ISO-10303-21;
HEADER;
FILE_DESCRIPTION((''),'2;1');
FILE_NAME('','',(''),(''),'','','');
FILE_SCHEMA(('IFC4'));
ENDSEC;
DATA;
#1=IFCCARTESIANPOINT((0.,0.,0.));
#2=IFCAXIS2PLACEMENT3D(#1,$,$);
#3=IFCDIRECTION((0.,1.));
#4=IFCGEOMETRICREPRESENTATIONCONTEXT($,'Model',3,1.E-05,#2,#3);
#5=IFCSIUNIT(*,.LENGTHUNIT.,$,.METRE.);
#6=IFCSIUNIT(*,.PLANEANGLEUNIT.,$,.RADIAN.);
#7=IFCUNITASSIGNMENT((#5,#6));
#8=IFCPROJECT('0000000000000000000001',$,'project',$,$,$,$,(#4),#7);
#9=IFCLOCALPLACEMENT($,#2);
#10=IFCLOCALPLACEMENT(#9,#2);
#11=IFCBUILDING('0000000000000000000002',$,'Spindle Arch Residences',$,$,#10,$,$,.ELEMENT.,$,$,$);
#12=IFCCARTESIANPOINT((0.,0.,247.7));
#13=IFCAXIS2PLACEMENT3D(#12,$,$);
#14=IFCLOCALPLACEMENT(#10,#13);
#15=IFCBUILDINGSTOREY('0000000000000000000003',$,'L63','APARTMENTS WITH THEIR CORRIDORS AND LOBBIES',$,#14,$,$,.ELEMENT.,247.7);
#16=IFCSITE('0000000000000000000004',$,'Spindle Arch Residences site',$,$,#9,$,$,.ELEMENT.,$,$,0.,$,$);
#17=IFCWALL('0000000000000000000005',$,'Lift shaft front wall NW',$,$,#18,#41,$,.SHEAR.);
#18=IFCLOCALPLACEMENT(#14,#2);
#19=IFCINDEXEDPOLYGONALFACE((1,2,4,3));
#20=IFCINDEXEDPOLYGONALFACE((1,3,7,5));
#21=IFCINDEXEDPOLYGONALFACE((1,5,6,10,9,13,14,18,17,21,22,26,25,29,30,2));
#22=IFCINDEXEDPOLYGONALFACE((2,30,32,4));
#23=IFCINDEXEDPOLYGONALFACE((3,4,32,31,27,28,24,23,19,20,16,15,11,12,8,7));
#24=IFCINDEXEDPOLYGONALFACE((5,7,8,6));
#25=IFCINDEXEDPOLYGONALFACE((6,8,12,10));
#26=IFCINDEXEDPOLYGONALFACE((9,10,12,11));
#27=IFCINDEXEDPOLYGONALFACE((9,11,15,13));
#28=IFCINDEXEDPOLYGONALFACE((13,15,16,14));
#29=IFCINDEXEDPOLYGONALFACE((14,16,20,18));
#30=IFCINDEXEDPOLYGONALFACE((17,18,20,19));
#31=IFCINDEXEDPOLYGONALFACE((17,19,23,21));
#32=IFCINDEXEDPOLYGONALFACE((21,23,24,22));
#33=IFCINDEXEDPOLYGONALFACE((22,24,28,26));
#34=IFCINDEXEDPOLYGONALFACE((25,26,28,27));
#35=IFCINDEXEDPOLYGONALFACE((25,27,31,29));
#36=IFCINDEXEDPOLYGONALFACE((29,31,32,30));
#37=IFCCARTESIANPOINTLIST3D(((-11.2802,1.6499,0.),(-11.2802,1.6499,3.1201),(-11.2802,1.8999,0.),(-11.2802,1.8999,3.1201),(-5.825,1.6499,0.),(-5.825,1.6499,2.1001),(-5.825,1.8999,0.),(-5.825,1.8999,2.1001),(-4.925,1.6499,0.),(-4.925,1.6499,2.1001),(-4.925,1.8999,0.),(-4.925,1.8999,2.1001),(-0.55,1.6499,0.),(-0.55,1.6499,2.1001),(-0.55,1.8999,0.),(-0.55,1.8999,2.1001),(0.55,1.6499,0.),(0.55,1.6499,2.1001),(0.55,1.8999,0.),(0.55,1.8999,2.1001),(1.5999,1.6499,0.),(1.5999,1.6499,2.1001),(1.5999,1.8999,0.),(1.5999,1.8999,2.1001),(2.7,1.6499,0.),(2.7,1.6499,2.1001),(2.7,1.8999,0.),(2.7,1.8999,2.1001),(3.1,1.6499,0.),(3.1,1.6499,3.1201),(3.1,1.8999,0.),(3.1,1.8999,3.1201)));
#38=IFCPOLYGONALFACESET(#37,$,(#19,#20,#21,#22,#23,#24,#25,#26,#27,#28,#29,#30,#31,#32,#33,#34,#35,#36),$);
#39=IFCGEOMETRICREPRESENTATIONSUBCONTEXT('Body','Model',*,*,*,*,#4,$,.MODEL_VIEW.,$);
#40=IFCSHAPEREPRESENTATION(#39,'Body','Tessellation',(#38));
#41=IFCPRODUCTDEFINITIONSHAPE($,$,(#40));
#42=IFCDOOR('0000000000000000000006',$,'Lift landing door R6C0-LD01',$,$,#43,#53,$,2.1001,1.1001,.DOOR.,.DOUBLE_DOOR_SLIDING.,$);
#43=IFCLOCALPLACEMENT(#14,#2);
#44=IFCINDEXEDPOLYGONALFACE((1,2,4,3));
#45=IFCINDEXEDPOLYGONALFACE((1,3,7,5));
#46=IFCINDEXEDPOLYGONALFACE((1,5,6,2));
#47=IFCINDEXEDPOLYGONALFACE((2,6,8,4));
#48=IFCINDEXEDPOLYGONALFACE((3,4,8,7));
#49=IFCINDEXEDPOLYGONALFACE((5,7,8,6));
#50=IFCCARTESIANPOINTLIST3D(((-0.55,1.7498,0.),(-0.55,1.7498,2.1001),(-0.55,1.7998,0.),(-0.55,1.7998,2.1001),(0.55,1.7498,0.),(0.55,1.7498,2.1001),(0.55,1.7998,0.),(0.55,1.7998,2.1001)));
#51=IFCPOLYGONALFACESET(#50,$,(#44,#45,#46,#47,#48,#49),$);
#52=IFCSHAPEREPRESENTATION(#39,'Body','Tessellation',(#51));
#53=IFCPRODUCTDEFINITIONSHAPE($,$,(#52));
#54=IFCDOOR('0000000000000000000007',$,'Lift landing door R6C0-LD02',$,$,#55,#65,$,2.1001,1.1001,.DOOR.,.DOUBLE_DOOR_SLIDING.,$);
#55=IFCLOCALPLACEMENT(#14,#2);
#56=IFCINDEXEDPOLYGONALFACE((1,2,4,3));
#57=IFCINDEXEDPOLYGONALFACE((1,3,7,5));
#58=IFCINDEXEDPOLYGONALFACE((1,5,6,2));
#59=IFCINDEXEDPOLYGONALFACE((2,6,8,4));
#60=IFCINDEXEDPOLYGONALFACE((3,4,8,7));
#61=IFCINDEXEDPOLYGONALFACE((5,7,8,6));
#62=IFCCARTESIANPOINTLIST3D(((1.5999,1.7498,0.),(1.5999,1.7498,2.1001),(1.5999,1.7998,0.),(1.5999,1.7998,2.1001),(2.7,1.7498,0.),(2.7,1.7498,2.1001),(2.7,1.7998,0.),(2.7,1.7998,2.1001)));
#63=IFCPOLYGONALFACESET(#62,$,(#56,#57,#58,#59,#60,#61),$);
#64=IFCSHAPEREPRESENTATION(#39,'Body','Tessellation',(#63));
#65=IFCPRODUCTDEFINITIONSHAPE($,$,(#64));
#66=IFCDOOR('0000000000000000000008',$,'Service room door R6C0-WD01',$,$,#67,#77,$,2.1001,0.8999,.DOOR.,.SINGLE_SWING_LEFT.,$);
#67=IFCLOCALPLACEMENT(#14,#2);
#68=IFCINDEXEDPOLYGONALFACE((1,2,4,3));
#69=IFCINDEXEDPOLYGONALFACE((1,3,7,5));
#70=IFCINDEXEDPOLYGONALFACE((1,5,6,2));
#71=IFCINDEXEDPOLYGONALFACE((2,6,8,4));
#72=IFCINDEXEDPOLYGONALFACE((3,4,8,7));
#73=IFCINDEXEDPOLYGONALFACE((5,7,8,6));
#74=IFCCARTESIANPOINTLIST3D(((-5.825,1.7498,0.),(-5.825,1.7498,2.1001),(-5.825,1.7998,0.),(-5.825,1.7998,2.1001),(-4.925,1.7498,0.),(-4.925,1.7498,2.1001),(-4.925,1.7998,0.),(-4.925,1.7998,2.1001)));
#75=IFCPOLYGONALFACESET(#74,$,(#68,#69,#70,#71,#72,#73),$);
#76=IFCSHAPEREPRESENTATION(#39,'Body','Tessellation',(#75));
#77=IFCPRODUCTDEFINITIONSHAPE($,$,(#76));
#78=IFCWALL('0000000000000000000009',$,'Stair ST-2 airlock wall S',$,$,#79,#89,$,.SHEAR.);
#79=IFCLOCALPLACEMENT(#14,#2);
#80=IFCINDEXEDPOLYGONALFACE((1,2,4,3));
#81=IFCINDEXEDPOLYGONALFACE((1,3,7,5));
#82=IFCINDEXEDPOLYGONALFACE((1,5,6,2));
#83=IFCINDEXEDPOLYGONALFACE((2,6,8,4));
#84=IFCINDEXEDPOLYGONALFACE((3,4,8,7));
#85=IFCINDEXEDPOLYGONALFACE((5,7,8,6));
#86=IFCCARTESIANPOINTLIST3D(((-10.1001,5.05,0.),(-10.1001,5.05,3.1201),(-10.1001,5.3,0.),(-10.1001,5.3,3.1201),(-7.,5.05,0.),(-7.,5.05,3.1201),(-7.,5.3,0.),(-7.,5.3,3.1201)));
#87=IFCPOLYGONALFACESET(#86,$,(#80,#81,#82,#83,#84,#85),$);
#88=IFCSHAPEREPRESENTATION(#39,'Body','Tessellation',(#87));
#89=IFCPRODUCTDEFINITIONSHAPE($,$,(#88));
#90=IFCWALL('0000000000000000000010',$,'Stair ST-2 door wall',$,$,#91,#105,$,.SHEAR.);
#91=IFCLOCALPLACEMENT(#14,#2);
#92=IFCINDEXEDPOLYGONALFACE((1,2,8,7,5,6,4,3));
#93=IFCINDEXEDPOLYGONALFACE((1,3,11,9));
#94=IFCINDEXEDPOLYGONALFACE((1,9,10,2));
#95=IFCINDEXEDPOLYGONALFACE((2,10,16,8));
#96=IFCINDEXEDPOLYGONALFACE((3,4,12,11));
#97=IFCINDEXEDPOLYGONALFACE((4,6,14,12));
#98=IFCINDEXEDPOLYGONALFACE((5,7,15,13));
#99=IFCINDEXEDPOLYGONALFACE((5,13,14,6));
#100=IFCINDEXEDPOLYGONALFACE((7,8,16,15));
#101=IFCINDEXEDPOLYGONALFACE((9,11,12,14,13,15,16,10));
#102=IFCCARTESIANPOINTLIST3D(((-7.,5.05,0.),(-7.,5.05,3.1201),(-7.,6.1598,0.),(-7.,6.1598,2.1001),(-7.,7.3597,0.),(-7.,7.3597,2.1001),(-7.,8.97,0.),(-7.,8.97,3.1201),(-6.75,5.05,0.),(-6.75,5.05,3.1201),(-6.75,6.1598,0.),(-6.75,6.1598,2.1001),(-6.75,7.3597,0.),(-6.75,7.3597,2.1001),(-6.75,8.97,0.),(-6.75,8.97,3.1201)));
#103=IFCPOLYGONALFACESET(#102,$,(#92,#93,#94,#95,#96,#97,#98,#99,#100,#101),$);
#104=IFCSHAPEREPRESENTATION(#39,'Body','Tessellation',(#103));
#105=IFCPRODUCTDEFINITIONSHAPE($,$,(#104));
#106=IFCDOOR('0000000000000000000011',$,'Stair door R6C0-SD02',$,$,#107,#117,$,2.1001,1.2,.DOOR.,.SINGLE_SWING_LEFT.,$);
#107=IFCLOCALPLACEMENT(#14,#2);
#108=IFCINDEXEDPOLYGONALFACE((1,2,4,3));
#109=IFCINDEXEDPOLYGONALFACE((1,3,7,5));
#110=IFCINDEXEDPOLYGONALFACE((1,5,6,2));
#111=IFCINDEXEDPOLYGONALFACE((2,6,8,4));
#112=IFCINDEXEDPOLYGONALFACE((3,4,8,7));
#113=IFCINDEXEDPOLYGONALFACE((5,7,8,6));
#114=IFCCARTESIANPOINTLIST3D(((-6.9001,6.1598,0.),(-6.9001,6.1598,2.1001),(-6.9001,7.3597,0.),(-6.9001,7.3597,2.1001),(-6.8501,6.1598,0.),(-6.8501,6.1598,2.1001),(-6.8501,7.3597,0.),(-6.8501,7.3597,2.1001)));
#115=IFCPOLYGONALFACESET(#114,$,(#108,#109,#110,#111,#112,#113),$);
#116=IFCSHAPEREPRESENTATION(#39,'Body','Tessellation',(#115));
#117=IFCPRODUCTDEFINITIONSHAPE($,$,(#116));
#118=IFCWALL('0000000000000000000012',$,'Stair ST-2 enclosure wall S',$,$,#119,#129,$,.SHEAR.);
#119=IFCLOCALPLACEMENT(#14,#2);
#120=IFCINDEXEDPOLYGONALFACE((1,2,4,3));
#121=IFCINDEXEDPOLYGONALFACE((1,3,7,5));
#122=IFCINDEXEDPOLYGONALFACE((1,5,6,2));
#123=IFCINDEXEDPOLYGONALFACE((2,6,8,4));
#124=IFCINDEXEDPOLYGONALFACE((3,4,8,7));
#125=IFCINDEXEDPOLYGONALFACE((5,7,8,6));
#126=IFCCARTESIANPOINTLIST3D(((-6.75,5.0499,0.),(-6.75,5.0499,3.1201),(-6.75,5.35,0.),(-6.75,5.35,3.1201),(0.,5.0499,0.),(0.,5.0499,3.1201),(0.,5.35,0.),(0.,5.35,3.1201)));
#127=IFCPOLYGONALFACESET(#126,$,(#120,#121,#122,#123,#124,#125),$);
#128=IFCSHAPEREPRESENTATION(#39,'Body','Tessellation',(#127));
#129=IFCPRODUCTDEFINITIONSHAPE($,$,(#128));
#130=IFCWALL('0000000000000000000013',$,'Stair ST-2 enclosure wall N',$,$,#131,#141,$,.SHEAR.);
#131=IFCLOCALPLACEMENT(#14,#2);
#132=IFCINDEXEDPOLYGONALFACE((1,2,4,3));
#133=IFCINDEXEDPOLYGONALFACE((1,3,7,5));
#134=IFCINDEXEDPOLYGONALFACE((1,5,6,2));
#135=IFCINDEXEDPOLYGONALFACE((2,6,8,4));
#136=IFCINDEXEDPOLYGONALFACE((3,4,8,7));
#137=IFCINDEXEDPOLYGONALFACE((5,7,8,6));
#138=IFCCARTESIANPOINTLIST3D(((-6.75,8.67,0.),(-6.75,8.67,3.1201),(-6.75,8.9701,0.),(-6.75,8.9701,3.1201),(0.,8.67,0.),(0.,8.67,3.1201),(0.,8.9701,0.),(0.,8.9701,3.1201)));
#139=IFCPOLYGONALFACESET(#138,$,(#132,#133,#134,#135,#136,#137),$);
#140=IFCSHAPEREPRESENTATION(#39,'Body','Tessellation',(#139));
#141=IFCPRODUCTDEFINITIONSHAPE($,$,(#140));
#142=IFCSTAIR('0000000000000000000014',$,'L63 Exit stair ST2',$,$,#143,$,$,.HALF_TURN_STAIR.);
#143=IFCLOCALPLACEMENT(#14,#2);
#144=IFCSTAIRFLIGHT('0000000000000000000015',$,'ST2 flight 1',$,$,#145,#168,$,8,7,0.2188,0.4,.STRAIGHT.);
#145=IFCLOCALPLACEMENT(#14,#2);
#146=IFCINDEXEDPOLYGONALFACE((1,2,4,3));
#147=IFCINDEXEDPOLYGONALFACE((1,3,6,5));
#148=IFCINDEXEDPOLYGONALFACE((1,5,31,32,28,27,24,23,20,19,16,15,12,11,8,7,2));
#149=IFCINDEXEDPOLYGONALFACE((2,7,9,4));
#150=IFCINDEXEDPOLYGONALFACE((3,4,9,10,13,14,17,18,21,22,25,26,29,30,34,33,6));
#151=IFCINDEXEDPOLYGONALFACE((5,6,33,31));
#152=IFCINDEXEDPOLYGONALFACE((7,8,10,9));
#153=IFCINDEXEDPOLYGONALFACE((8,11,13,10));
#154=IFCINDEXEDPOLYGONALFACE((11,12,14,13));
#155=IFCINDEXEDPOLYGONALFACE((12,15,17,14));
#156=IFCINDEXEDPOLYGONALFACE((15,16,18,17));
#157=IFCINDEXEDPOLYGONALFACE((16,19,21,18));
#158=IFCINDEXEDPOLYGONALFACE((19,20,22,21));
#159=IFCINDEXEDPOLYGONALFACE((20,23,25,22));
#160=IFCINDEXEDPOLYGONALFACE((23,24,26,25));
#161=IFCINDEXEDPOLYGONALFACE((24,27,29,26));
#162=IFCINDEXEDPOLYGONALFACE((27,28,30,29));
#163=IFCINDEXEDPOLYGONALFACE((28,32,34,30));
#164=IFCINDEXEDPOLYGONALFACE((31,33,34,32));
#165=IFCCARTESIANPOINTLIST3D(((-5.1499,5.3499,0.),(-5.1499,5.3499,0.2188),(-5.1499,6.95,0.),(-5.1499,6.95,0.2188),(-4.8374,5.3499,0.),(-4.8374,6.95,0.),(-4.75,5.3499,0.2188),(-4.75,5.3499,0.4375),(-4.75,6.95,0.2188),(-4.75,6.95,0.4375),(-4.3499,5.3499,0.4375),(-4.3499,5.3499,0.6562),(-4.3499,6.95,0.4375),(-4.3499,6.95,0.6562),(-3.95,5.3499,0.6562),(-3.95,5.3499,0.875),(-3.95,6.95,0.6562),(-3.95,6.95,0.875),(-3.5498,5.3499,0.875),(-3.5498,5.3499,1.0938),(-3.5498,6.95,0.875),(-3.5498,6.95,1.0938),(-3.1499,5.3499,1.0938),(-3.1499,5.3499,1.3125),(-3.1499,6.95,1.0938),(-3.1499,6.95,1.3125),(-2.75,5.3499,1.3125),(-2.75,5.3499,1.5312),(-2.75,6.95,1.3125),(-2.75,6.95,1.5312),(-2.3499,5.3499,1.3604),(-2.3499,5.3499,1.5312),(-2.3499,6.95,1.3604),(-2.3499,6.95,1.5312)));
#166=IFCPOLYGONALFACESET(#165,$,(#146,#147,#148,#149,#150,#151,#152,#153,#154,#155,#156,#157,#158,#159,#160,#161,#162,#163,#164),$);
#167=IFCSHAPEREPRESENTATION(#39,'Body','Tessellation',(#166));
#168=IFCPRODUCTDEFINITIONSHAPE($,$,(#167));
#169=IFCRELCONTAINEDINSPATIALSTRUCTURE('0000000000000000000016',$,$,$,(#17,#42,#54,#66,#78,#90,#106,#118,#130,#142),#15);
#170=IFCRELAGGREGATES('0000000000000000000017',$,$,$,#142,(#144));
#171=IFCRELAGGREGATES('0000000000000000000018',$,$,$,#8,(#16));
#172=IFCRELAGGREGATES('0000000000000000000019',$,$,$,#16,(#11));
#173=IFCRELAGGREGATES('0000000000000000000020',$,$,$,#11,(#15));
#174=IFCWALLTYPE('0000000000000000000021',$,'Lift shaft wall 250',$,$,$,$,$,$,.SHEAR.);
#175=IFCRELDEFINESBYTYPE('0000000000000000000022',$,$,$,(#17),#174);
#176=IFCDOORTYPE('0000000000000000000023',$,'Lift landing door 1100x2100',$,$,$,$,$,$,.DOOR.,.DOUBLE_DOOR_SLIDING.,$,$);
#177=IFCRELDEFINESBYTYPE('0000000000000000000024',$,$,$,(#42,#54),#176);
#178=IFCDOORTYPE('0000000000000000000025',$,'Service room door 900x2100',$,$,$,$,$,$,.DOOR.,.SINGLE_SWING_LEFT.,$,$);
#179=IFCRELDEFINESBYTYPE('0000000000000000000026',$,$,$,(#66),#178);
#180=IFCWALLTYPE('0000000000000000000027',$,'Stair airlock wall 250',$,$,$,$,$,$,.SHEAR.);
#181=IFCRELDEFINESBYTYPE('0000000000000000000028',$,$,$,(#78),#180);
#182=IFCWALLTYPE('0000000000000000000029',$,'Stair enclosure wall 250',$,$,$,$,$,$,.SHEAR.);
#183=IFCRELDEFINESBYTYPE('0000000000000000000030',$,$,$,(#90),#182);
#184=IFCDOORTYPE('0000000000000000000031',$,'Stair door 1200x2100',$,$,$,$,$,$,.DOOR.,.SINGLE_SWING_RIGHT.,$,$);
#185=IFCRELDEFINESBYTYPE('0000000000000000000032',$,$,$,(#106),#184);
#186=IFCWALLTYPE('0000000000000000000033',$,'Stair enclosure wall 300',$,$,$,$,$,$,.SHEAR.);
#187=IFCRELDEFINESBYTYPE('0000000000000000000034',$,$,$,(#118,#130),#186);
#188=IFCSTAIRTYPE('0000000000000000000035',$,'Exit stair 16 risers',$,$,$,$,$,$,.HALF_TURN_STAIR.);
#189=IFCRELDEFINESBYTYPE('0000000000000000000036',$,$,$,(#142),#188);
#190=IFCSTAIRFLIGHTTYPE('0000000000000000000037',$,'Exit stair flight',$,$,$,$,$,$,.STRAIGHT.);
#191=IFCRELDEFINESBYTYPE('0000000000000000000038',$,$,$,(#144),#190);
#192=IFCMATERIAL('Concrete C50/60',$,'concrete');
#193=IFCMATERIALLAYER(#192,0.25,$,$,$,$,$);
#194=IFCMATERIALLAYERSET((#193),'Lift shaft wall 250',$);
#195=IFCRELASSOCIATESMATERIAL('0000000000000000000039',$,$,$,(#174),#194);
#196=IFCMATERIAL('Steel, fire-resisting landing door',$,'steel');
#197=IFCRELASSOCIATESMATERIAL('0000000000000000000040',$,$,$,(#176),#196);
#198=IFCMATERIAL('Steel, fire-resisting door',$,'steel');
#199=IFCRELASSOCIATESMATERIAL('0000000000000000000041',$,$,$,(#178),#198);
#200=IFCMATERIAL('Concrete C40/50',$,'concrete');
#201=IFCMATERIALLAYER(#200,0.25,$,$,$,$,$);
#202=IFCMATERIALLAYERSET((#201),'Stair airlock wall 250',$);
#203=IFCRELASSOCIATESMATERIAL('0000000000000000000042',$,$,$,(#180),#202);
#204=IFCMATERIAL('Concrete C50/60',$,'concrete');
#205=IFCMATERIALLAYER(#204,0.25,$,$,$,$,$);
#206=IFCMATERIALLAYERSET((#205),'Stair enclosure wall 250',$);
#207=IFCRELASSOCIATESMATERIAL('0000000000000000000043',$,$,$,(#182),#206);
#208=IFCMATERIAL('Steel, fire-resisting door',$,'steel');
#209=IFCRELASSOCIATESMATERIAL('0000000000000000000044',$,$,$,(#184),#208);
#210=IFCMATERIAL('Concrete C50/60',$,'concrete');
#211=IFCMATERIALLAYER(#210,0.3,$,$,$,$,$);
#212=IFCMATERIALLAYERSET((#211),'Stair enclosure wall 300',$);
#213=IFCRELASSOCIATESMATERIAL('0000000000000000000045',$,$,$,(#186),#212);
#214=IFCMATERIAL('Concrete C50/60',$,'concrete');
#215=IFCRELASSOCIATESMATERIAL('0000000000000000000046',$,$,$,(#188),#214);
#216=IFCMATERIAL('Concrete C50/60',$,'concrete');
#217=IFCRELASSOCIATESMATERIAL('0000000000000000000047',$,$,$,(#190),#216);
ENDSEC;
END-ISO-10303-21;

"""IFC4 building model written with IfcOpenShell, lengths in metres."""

from ifc_helpers import new_model, si_unit, direction, frame, frame_2d, origin, place, context, subcontext, project, spatial, polyline, rectangle, outline, extrude, material, layer, layer_set, type_object, element, fill, aggregate, save


model = new_model("IFC4")

# Units and contexts
model_context = context("Model", 3, precision=1e-05, world=origin(), true_north=direction((0.0, 1.0)))
body_context = subcontext(model_context, "Body", "Model", "MODEL_VIEW")
ifc_project = project(units=[si_unit("LENGTHUNIT", "METRE"), si_unit("PLANEANGLEUNIT", "RADIAN")], contexts=[model_context])

# Site, building, storey
site_placement = place(None, origin())
site = spatial("IfcSite", under=ifc_project, at=site_placement, Name="Spindle Arch Residences site", CompositionType="ELEMENT", RefElevation=0.0)
building_placement = place(site_placement, origin())
building = spatial("IfcBuilding", under=site, at=building_placement, Name="Spindle Arch Residences", CompositionType="ELEMENT")
storey_placement = place(building_placement, frame((0.0, 0.0, 247.7)))
storey = spatial("IfcBuildingStorey", under=building, at=storey_placement, Name="L63", Description="APARTMENTS WITH THEIR CORRIDORS AND LOBBIES", CompositionType="ELEMENT", Elevation=247.7)

# Wall, openings, doors
ifc_material_1 = material(Name="Concrete C50/60", Category="concrete")
ifc_layer_1 = layer(ifc_material_1, 0.25)
ifc_layer_set_1 = layer_set([ifc_layer_1], Name="Lift shaft wall 250")
wall_type_1 = type_object("IfcWallType", Name="Lift shaft wall 250", PredefinedType="SHEAR", material=ifc_layer_set_1)
wall_1_placement = place(storey_placement, frame((-11.28, 1.7749, 0.0), z_axis=(0.0, 0.0, 1.0), x_axis=(1.0, 0.0, 0.0)))
wall_1 = element("IfcWall", 1, at=wall_1_placement, inside=storey, type_object=wall_type_1, Name="Lift shaft front wall NW", PredefinedType="SHEAR", context=body_context, shape_type="SweptSolid", body=[
    extrude(rectangle(XDim=14.3801, YDim=0.25, at=frame_2d((7.1899, 0.0))), origin(), (0.0, 0.0, 1.0), 3.1201),
])
opening_1_placement = place(wall_1_placement, frame((10.73, 0.0, 0.0)))
opening_1 = element("IfcOpeningElement", 2, at=opening_1_placement, cuts=wall_1, PredefinedType="OPENING", context=body_context, shape_type="SweptSolid", body=[
    extrude(rectangle(XDim=1.1001, YDim=2.1001, at=frame_2d((0.55, 1.05))), frame((0.0, 0.135, 0.0), z_axis=(0.0, -1.0, 0.0), x_axis=(1.0, 0.0, 0.0)), (0.0, 0.0, 1.0), 0.27),
])
opening_2_placement = place(wall_1_placement, frame((12.8799, 0.0, 0.0)))
opening_2 = element("IfcOpeningElement", 3, at=opening_2_placement, cuts=wall_1, PredefinedType="OPENING", context=body_context, shape_type="SweptSolid", body=[
    extrude(rectangle(XDim=1.1001, YDim=2.1001, at=frame_2d((0.55, 1.05))), frame((0.0, 0.135, 0.0), z_axis=(0.0, -1.0, 0.0), x_axis=(1.0, 0.0, 0.0)), (0.0, 0.0, 1.0), 0.27),
])
opening_3_placement = place(wall_1_placement, frame((5.4551, 0.0, 0.0)))
opening_3 = element("IfcOpeningElement", 4, at=opening_3_placement, cuts=wall_1, PredefinedType="OPENING", context=body_context, shape_type="SweptSolid", body=[
    extrude(rectangle(XDim=0.8999, YDim=2.1001, at=frame_2d((0.45, 1.05))), frame((0.0, 0.135, 0.0), z_axis=(0.0, -1.0, 0.0), x_axis=(1.0, 0.0, 0.0)), (0.0, 0.0, 1.0), 0.27),
])
ifc_material_2 = material(Name="Steel, fire-resisting landing door", Category="steel")
door_type_1 = type_object("IfcDoorType", Name="Lift landing door 1100x2100", OperationType="DOUBLE_DOOR_SLIDING", PredefinedType="DOOR", material=ifc_material_2)
door_1_placement = place(opening_1_placement, origin())
door_1 = element("IfcDoor", 5, at=door_1_placement, inside=storey, type_object=door_type_1, Name="Lift landing door R6C0-LD01", OperationType="DOUBLE_DOOR_SLIDING", OverallHeight=2.1001, OverallWidth=1.1001, PredefinedType="DOOR", context=body_context, shape_type="SweptSolid", body=[
    extrude(rectangle(XDim=1.1001, YDim=2.1001, at=frame_2d((0.55, 1.05))), frame((0.0, 0.0249, 0.0), z_axis=(0.0, -1.0, 0.0), x_axis=(1.0, 0.0, 0.0)), (0.0, 0.0, 1.0), 0.05),
])
fill(opening_1, door_1)
door_2_placement = place(opening_2_placement, origin())
door_2 = element("IfcDoor", 6, at=door_2_placement, inside=storey, type_object=door_type_1, Name="Lift landing door R6C0-LD02", OperationType="DOUBLE_DOOR_SLIDING", OverallHeight=2.1001, OverallWidth=1.1001, PredefinedType="DOOR", context=body_context, shape_type="SweptSolid", body=[
    extrude(rectangle(XDim=1.1001, YDim=2.1001, at=frame_2d((0.55, 1.05))), frame((0.0, 0.0249, 0.0), z_axis=(0.0, -1.0, 0.0), x_axis=(1.0, 0.0, 0.0)), (0.0, 0.0, 1.0), 0.05),
])
fill(opening_2, door_2)
ifc_material_3 = material(Name="Steel, fire-resisting door", Category="steel")
door_type_2 = type_object("IfcDoorType", Name="Service room door 900x2100", OperationType="SINGLE_SWING_LEFT", PredefinedType="DOOR", material=ifc_material_3)
door_3_placement = place(opening_3_placement, origin())
door_3 = element("IfcDoor", 7, at=door_3_placement, inside=storey, type_object=door_type_2, Name="Service room door R6C0-WD01", OperationType="SINGLE_SWING_LEFT", OverallHeight=2.1001, OverallWidth=0.8999, PredefinedType="DOOR", context=body_context, shape_type="SweptSolid", body=[
    extrude(rectangle(XDim=0.8999, YDim=2.1001, at=frame_2d((0.45, 1.05))), frame((0.0, 0.0249, 0.0), z_axis=(0.0, -1.0, 0.0), x_axis=(1.0, 0.0, 0.0)), (0.0, 0.0, 1.0), 0.05),
])
fill(opening_3, door_3)

# Wall
ifc_material_4 = material(Name="Concrete C40/50", Category="concrete")
ifc_layer_2 = layer(ifc_material_4, 0.25)
ifc_layer_set_2 = layer_set([ifc_layer_2], Name="Stair airlock wall 250")
wall_type_2 = type_object("IfcWallType", Name="Stair airlock wall 250", PredefinedType="SHEAR", material=ifc_layer_set_2)
wall_2_placement = place(storey_placement, frame((-7.0, 5.175, 0.0), z_axis=(0.0, 0.0, 1.0), x_axis=(-1.0, 0.0, 0.0)))
element("IfcWall", 8, at=wall_2_placement, inside=storey, type_object=wall_type_2, Name="Stair ST-2 airlock wall S", PredefinedType="SHEAR", context=body_context, shape_type="SweptSolid", body=[
    extrude(rectangle(XDim=3.1001, YDim=0.25, at=frame_2d((1.55, 0.0))), origin(), (0.0, 0.0, 1.0), 3.1201),
])

# Wall, opening, door
ifc_material_5 = material(Name="Concrete C50/60", Category="concrete")
ifc_layer_3 = layer(ifc_material_5, 0.25)
ifc_layer_set_3 = layer_set([ifc_layer_3], Name="Stair enclosure wall 250")
wall_type_3 = type_object("IfcWallType", Name="Stair enclosure wall 250", PredefinedType="SHEAR", material=ifc_layer_set_3)
wall_3_placement = place(storey_placement, frame((-6.875, 8.97, 0.0), z_axis=(0.0, 0.0, 1.0), x_axis=(0.0, -1.0, 0.0)))
wall_3 = element("IfcWall", 9, at=wall_3_placement, inside=storey, type_object=wall_type_3, Name="Stair ST-2 door wall", PredefinedType="SHEAR", context=body_context, shape_type="SweptSolid", body=[
    extrude(rectangle(XDim=3.9199, YDim=0.25, at=frame_2d((1.96, 0.0))), origin(), (0.0, 0.0, 1.0), 3.1201),
])
opening_4_placement = place(wall_3_placement, frame((1.6101, 0.0, 0.0)))
opening_4 = element("IfcOpeningElement", 10, at=opening_4_placement, cuts=wall_3, PredefinedType="OPENING", context=body_context, shape_type="SweptSolid", body=[
    extrude(rectangle(XDim=1.2, YDim=2.1001, at=frame_2d((0.6001, 1.05))), frame((0.0, 0.135, 0.0), z_axis=(0.0, -1.0, 0.0), x_axis=(1.0, 0.0, 0.0)), (0.0, 0.0, 1.0), 0.27),
])
ifc_material_6 = material(Name="Steel, fire-resisting door", Category="steel")
door_type_3 = type_object("IfcDoorType", Name="Stair door 1200x2100", OperationType="SINGLE_SWING_RIGHT", PredefinedType="DOOR", material=ifc_material_6)
door_4_placement = place(opening_4_placement, origin())
door_4 = element("IfcDoor", 11, at=door_4_placement, inside=storey, type_object=door_type_3, Name="Stair door R6C0-SD02", OperationType="SINGLE_SWING_LEFT", OverallHeight=2.1001, OverallWidth=1.2, PredefinedType="DOOR", context=body_context, shape_type="SweptSolid", body=[
    extrude(rectangle(XDim=1.2, YDim=2.1001, at=frame_2d((0.6001, 1.05))), frame((0.0, 0.0249, 0.0), z_axis=(0.0, -1.0, 0.0), x_axis=(1.0, 0.0, 0.0)), (0.0, 0.0, 1.0), 0.05),
])
fill(opening_4, door_4)

# Walls
ifc_material_7 = material(Name="Concrete C50/60", Category="concrete")
ifc_layer_4 = layer(ifc_material_7, 0.3)
ifc_layer_set_4 = layer_set([ifc_layer_4], Name="Stair enclosure wall 300")
wall_type_4 = type_object("IfcWallType", Name="Stair enclosure wall 300", PredefinedType="SHEAR", material=ifc_layer_set_4)
for number, where, z_axis, x_axis, name in (
    (12, (-6.75, 5.2, 0.0), (0.0, 0.0, 1.0), (1.0, 0.0, 0.0), "Stair ST-2 enclosure wall S"),
    (13, (-6.75, 8.8201, 0.0), (0.0, 0.0, 1.0), (1.0, 0.0, 0.0), "Stair ST-2 enclosure wall N"),
):
    element("IfcWall", number, at=place(storey_placement, frame(where, z_axis=z_axis, x_axis=x_axis)), inside=storey, type_object=wall_type_4, Name=name, PredefinedType="SHEAR", context=body_context, shape_type="SweptSolid", body=[
        extrude(rectangle(XDim=6.75, YDim=0.3, at=frame_2d((3.375, 0.0))), origin(), (0.0, 0.0, 1.0), 3.1201),
    ])

# Stair, stair flight
ifc_material_8 = material(Name="Concrete C50/60", Category="concrete")
stair_type = type_object("IfcStairType", Name="Exit stair 16 risers", PredefinedType="HALF_TURN_STAIR", material=ifc_material_8)
stair_placement = place(storey_placement, origin())
stair = element("IfcStair", 14, at=stair_placement, inside=storey, type_object=stair_type, Name="L63 Exit stair ST2", PredefinedType="HALF_TURN_STAIR")
ifc_material_9 = material(Name="Concrete C50/60", Category="concrete")
stair_flight_type = type_object("IfcStairFlightType", Name="Exit stair flight", PredefinedType="STRAIGHT", material=ifc_material_9)
stair_flight_1_placement = place(storey_placement, frame((-5.1499, 6.1499, 0.0), z_axis=(0.0, 0.0, 1.0), x_axis=(1.0, 0.0, 0.0)))
stair_flight_1 = element("IfcStairFlight", 15, at=stair_flight_1_placement, type_object=stair_flight_type, Name="ST2 flight 1", NumberOfRisers=8, NumberOfTreads=7, PredefinedType="STRAIGHT", RiserHeight=0.2188, TreadLength=0.4, context=body_context, shape_type="SweptSolid", body=[
    extrude(outline(polyline([(0.0, 0.0), (0.0, 0.2188), (0.3999, 0.2188), (0.3999, 0.4375), (0.8, 0.4375), (0.8, 0.6562), (1.2, 0.6562), (1.2, 0.875), (1.6001, 0.875), (1.6001, 1.0938), (2.0, 1.0938), (2.0, 1.3125), (2.3999, 1.3125), (2.3999, 1.5312), (2.8, 1.5312), (2.8, 1.75), (2.8, 1.3604), (0.3125, 0.0), (0.0, 0.0)])), frame((0.0, 0.8, 0.0), z_axis=(0.0, -1.0, 0.0), x_axis=(1.0, 0.0, 0.0)), (0.0, 0.0, 1.0), 1.6001),
])
aggregate(stair, [stair_flight_1])

save(model, "model.ifc")
